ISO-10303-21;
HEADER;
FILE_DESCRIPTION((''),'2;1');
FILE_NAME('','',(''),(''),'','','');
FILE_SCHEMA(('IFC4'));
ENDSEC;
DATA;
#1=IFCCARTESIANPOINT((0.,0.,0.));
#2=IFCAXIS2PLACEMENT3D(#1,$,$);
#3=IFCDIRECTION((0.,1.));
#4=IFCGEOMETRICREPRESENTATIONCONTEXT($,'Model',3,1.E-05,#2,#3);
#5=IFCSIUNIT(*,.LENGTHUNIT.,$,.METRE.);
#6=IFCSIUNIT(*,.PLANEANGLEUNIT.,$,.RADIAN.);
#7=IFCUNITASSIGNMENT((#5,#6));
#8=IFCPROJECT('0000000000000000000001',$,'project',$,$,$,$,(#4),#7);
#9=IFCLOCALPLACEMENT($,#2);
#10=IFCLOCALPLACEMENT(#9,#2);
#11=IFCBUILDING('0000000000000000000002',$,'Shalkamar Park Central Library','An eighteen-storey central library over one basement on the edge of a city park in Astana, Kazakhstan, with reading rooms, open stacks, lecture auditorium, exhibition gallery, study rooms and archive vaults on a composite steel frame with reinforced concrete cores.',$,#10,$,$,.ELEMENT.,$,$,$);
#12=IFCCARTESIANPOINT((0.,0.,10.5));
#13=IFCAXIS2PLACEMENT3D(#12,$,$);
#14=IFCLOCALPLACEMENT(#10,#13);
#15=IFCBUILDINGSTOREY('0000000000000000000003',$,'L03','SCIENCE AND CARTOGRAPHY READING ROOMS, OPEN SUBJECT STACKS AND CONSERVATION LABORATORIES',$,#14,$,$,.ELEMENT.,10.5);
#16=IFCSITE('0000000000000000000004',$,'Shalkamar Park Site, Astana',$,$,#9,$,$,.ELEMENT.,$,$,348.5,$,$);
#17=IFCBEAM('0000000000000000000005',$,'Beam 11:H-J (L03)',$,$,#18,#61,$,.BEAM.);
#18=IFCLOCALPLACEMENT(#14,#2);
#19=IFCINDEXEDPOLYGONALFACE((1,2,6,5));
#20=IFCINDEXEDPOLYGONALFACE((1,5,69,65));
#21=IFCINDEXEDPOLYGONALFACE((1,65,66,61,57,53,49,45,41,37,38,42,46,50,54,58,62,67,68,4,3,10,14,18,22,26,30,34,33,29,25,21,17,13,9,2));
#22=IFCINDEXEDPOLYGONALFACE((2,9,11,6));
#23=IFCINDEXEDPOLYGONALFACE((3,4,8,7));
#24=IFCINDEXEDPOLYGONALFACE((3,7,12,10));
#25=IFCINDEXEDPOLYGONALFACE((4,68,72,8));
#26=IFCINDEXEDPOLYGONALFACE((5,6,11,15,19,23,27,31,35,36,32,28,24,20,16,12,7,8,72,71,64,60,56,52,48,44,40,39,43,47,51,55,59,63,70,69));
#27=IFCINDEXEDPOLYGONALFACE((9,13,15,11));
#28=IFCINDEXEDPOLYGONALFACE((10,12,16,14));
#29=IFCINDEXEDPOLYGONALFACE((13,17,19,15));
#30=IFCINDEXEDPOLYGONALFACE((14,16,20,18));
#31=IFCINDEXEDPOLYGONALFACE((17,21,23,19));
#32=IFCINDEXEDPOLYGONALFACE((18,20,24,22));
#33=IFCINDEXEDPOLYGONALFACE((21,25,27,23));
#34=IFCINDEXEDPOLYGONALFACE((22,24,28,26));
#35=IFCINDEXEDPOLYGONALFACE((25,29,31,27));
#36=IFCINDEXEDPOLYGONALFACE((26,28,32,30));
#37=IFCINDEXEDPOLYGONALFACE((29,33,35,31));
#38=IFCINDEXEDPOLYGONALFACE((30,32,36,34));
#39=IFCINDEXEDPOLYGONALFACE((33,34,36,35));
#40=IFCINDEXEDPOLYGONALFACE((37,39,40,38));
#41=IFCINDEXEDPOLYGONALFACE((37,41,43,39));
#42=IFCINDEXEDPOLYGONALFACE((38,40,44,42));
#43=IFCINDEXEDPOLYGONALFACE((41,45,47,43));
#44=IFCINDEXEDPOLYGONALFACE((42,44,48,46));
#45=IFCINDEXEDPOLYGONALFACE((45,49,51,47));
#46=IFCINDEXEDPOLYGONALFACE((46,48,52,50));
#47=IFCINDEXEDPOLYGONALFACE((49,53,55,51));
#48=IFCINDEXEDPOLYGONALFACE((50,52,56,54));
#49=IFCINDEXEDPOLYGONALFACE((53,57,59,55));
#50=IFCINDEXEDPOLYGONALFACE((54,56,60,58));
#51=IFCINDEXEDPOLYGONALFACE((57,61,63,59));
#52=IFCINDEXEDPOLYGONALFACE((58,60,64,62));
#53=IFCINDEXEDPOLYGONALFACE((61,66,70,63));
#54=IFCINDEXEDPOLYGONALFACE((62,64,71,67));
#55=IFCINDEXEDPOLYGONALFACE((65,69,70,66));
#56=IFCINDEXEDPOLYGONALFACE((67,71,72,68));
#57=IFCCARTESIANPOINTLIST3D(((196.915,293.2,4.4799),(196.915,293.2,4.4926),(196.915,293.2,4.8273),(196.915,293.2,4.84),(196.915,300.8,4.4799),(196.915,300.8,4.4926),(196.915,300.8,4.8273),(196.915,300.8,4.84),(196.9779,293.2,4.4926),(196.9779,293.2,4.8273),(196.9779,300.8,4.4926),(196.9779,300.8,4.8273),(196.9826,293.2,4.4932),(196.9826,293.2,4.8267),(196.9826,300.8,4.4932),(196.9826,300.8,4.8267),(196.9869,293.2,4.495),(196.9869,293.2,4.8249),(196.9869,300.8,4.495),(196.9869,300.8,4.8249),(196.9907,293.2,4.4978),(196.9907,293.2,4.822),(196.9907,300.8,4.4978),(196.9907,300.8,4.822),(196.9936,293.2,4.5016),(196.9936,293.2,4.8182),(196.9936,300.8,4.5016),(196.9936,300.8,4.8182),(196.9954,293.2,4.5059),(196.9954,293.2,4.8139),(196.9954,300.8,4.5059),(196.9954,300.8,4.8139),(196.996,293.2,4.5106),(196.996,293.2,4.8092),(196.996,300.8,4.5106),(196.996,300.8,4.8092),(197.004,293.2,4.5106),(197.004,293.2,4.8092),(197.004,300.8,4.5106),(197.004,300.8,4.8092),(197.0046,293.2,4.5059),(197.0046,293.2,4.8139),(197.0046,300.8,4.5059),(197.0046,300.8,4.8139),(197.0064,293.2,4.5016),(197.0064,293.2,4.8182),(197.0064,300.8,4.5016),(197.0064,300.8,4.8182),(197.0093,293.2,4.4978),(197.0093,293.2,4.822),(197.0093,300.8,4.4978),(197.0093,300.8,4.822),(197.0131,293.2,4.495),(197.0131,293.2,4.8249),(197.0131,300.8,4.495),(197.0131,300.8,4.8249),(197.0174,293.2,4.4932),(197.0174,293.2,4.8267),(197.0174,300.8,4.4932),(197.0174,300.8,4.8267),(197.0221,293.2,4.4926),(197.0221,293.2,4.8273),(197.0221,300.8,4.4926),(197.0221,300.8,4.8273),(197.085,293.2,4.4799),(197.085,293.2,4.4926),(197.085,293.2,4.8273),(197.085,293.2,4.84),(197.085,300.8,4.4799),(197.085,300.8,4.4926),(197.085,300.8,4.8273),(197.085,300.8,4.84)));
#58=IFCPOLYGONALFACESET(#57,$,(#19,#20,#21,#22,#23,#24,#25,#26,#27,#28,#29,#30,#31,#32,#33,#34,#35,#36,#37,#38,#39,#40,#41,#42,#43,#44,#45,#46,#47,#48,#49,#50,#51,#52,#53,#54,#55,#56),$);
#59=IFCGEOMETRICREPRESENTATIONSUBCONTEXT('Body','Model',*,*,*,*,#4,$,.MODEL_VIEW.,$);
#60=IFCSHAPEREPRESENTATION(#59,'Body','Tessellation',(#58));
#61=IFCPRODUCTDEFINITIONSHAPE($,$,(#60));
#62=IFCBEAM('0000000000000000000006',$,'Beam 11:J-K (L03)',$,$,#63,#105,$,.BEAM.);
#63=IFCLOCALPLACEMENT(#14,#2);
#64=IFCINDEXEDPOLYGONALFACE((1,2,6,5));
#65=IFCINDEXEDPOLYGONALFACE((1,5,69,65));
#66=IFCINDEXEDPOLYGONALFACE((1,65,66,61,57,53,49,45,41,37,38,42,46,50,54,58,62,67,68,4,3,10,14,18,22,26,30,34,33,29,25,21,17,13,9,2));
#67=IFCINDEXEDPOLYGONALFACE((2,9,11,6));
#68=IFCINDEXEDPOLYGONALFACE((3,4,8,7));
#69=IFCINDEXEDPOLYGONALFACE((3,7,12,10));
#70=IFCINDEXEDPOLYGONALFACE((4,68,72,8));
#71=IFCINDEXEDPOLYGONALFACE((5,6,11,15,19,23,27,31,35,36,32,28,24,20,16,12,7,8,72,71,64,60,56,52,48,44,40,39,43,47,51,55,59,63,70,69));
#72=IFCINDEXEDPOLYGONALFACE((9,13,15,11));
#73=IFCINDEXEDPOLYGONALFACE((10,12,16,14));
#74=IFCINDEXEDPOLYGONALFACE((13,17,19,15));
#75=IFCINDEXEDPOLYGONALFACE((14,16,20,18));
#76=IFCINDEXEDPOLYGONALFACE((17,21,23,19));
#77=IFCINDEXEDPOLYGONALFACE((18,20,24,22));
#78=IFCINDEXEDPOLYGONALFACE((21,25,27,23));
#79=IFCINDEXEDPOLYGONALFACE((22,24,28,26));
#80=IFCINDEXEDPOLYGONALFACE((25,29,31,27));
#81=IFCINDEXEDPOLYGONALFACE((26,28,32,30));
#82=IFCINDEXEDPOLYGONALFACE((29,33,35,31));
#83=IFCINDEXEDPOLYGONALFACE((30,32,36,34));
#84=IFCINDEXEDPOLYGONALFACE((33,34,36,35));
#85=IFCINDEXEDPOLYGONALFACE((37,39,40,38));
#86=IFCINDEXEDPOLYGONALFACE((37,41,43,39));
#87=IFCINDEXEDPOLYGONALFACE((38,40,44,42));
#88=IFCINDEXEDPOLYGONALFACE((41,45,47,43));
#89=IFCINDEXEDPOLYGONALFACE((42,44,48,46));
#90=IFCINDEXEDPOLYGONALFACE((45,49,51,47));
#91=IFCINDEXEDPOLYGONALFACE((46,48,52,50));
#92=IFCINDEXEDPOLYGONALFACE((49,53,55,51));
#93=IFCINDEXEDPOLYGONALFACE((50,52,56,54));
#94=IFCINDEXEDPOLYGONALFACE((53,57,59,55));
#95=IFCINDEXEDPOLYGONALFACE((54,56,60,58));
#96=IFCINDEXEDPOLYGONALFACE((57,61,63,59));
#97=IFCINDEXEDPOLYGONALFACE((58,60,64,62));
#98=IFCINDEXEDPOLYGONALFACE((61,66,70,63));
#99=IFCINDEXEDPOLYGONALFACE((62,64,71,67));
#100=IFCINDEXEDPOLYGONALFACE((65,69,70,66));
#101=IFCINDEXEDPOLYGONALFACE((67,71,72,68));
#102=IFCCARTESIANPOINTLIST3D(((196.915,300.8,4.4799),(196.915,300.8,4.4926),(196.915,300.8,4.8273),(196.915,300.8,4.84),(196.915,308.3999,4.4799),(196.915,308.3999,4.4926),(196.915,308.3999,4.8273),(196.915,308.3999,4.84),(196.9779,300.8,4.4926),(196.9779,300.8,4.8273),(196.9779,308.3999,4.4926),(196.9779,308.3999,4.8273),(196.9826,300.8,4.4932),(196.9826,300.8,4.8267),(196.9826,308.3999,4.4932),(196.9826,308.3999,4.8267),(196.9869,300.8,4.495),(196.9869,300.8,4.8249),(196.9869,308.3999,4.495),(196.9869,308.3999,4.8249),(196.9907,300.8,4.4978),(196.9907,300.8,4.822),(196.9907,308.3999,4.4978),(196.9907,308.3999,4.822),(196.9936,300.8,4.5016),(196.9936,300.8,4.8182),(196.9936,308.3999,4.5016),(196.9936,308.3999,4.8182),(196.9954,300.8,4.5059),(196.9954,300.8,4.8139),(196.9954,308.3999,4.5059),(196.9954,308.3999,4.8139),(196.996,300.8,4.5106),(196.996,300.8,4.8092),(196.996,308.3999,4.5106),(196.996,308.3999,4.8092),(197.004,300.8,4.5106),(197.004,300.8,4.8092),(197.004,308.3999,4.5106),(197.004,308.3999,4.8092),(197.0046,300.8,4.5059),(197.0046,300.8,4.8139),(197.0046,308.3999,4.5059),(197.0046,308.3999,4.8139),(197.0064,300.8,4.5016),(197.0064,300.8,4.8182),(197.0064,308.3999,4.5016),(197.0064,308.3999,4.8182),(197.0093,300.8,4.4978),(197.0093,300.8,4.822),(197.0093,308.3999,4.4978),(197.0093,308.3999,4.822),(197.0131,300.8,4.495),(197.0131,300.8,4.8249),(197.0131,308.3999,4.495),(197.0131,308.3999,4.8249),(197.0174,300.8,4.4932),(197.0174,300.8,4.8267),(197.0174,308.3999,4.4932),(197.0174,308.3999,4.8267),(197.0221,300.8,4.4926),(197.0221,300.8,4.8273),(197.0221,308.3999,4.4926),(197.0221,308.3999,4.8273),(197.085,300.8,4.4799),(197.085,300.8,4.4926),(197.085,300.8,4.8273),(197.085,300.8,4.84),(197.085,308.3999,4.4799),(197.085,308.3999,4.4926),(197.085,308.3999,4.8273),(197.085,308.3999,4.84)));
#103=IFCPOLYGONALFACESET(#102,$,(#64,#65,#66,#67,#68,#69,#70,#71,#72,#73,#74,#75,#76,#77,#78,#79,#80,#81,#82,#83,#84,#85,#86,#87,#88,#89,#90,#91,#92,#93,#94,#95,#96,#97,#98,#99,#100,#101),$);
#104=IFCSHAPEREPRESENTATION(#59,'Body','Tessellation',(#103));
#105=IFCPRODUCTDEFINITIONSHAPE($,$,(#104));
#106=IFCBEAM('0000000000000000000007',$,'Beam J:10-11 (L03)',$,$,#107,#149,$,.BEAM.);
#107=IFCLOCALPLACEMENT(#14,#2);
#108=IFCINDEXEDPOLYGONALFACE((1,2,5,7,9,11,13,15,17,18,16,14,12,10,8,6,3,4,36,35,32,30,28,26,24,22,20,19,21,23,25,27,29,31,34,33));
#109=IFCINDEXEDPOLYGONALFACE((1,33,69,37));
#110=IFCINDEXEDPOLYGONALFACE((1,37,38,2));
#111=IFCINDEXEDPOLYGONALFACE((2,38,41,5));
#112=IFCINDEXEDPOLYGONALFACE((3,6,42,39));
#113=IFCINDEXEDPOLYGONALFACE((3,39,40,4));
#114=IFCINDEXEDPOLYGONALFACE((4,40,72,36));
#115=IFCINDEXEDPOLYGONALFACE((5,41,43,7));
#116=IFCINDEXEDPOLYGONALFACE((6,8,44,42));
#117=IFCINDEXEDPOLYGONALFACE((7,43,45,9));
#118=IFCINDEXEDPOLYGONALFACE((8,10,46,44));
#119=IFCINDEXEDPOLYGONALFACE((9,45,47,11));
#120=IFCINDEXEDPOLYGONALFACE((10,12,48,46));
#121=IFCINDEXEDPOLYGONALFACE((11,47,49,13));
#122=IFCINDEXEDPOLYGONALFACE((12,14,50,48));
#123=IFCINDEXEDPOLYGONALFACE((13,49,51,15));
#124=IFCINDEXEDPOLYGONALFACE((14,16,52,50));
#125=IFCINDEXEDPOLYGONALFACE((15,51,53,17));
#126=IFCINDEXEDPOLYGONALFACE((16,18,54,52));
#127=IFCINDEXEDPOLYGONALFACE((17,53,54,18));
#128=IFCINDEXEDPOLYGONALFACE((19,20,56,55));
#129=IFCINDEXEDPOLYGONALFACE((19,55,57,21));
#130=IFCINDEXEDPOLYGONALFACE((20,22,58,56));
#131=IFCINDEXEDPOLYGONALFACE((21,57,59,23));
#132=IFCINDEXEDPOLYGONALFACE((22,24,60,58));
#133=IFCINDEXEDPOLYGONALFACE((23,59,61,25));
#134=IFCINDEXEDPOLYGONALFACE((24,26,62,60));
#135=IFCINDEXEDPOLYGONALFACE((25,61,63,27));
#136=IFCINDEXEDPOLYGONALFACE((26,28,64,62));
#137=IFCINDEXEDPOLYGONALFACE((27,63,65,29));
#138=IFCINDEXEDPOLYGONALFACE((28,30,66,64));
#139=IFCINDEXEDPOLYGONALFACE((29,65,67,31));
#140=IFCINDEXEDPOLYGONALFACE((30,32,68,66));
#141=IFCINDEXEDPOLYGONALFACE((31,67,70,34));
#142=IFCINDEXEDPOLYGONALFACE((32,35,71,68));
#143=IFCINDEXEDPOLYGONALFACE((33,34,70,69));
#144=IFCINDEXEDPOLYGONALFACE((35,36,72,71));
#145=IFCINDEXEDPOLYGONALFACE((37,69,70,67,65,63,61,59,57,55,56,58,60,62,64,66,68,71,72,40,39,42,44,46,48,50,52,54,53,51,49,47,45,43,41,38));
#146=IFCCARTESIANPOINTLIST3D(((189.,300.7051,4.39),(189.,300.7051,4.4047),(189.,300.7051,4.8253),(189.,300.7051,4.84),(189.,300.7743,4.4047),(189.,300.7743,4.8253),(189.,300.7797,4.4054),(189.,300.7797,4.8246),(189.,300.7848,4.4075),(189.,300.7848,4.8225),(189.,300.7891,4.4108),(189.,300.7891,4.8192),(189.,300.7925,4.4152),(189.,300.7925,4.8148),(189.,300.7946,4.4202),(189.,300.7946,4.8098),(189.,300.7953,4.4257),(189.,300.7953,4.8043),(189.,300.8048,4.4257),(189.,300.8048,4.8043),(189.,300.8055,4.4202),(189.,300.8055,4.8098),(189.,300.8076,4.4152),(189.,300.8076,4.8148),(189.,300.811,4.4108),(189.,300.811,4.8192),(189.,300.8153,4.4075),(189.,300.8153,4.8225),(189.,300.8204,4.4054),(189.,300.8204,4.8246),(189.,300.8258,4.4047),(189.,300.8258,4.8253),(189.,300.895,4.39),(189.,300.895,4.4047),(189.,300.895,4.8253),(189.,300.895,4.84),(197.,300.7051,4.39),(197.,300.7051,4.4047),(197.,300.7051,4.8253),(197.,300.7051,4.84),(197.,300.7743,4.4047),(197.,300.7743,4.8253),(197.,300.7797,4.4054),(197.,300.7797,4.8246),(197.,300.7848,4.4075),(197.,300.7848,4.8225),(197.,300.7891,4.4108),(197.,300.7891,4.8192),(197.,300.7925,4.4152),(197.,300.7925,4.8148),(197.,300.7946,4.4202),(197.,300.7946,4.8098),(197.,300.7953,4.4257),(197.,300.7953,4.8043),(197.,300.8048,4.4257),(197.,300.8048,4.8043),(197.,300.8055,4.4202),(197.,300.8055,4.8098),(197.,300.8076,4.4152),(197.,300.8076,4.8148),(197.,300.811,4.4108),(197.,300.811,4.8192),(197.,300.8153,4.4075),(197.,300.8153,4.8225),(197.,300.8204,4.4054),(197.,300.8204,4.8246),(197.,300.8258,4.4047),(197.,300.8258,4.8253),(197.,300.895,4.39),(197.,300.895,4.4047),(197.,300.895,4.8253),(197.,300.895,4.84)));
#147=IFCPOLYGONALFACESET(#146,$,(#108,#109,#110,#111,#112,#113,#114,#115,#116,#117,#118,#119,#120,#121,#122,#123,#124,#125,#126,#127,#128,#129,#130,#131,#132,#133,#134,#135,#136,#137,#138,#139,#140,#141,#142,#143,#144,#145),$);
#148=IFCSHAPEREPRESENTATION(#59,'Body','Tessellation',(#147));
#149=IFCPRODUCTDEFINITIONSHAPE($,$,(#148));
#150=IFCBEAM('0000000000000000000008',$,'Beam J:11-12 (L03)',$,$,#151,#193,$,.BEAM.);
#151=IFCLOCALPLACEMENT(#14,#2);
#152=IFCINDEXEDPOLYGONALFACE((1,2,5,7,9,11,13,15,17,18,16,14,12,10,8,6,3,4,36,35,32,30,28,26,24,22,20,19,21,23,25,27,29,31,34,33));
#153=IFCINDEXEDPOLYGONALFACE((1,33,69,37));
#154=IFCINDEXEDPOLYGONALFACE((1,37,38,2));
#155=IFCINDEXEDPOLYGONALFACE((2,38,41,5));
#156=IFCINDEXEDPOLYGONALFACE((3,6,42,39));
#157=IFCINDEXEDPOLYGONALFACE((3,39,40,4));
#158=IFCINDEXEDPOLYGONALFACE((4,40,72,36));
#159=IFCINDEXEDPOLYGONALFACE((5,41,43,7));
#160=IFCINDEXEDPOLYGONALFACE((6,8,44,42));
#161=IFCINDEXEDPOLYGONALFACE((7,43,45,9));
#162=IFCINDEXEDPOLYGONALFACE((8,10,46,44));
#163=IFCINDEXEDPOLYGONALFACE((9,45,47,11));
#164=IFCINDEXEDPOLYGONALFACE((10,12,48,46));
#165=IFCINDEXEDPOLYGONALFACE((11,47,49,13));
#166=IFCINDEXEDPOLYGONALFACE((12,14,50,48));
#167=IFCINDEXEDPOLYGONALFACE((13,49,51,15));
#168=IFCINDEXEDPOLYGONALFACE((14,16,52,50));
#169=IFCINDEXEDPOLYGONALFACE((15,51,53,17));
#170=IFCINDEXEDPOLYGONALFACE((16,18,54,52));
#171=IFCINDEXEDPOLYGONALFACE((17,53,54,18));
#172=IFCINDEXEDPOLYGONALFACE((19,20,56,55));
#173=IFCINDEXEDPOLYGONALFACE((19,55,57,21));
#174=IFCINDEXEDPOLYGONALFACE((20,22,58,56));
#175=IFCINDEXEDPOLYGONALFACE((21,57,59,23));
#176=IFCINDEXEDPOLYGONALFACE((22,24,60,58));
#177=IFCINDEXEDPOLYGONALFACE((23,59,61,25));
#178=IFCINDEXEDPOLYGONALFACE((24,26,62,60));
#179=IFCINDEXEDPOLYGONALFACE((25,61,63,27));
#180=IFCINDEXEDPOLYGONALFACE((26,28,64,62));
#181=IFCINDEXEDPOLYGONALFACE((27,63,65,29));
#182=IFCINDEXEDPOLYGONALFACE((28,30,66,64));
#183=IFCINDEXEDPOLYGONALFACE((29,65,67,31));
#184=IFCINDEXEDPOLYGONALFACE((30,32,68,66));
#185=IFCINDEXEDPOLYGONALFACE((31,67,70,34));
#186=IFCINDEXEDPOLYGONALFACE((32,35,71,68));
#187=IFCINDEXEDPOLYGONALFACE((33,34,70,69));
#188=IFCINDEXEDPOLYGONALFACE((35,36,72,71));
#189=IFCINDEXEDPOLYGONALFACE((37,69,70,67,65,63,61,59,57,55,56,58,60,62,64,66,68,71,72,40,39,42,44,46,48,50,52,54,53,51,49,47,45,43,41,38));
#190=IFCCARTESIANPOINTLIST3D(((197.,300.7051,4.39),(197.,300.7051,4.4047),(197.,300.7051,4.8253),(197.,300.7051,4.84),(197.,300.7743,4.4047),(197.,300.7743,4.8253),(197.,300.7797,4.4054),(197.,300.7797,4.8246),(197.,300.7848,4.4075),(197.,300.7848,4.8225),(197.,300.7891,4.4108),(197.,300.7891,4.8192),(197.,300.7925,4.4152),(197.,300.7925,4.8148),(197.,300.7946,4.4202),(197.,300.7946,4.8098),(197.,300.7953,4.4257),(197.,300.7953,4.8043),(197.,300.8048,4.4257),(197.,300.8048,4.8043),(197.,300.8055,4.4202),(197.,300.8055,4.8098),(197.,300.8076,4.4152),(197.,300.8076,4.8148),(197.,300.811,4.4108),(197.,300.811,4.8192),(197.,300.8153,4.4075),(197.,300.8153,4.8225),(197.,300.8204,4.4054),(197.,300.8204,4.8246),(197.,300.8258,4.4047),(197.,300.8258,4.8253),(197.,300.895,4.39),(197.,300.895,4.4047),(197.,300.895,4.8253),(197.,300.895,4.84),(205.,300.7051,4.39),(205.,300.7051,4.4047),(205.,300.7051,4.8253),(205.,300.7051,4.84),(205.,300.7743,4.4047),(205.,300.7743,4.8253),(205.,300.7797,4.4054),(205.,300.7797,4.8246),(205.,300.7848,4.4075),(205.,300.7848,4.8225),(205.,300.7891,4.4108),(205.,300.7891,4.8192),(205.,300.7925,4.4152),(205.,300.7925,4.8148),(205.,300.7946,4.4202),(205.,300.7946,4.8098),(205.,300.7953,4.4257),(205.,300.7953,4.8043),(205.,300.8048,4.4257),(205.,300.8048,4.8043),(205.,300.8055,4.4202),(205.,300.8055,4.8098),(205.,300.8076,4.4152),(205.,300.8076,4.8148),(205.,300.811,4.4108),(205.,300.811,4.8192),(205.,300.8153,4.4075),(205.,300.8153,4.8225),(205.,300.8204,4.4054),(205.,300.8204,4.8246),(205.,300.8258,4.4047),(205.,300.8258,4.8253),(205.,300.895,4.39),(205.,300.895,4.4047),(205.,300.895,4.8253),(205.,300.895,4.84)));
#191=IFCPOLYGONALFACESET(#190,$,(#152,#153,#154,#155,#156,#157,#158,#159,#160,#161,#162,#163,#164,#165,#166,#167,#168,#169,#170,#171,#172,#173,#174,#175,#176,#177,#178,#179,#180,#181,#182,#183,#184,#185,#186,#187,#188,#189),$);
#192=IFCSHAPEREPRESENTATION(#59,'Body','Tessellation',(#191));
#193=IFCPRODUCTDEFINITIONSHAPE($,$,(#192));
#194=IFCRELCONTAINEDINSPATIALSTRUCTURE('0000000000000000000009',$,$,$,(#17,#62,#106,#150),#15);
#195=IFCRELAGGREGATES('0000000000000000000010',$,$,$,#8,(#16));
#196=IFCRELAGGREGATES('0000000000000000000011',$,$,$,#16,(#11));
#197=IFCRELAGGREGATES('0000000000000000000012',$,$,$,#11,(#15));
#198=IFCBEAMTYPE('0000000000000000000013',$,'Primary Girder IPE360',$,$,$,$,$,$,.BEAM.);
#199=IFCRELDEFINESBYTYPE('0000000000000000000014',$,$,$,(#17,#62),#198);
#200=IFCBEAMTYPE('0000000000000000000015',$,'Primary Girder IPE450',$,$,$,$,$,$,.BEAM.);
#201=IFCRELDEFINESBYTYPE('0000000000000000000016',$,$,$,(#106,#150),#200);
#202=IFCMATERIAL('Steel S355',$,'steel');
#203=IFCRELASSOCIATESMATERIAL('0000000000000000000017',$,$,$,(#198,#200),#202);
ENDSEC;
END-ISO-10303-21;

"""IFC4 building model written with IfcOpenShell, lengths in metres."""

from ifc_helpers import new_model, si_unit, direction, frame, origin, origin_2d, place, context, subcontext, project, spatial, i_section, extrude, material, material_profile, profile_set, type_object, element, save


model = new_model("IFC4")

# Units and contexts
model_context = context("Model", 3, precision=1e-05, world=origin(), true_north=direction((0.0, 1.0)))
body_context = subcontext(model_context, "Body", "Model", "MODEL_VIEW")
ifc_project = project(units=[si_unit("LENGTHUNIT", "METRE"), si_unit("PLANEANGLEUNIT", "RADIAN")], contexts=[model_context])

# Site, building, storey
site_placement = place(None, origin())
site = spatial("IfcSite", under=ifc_project, at=site_placement, Name="Shalkamar Park Site, Astana", CompositionType="ELEMENT", RefElevation=348.5)
building_placement = place(site_placement, origin())
building = spatial("IfcBuilding", under=site, at=building_placement, Name="Shalkamar Park Central Library", Description="An eighteen-storey central library over one basement on the edge of a city park in Astana, Kazakhstan, with reading rooms, open stacks, lecture auditorium, exhibition gallery, study rooms and archive vaults on a composite steel frame with reinforced concrete cores.", CompositionType="ELEMENT")
storey_placement = place(building_placement, frame((0.0, 0.0, 10.5)))
storey = spatial("IfcBuildingStorey", under=building, at=storey_placement, Name="L03", Description="SCIENCE AND CARTOGRAPHY READING ROOMS, OPEN SUBJECT STACKS AND CONSERVATION LABORATORIES", CompositionType="ELEMENT", Elevation=10.5)

# Shared definitions
ifc_material_1 = material(Name="Steel S355", Category="steel")

# Beams
ifc_material_profile_1 = material_profile(ifc_material_1, i_section(OverallWidth=0.1699, OverallDepth=0.3601, WebThickness=0.0081, FlangeThickness=0.0127, FilletRadius=0.0181, at=origin_2d()), Name="IPE 360")
ifc_profile_set_1 = profile_set([ifc_material_profile_1], Name="Steel S355")
beam_type_1 = type_object("IfcBeamType", Name="Primary Girder IPE360", PredefinedType="BEAM", material=ifc_profile_set_1)
beam_1_placement = place(storey_placement, frame((197.0, 293.2, 4.6599), z_axis=(0.0, 1.0, 0.0), x_axis=(-1.0, 0.0, 0.0)))
element("IfcBeam", 1, at=beam_1_placement, inside=storey, type_object=beam_type_1, Name="Beam 11:H-J (L03)", PredefinedType="BEAM", context=body_context, shape_type="SweptSolid", body=[
    extrude(i_section(OverallWidth=0.1699, OverallDepth=0.3601, WebThickness=0.0081, FlangeThickness=0.0127, FilletRadius=0.0181, at=origin_2d()), origin(), (0.0, 0.0, 1.0), 7.6001),
])
beam_2_placement = place(storey_placement, frame((197.0, 300.8, 4.6599), z_axis=(0.0, 1.0, 0.0), x_axis=(-1.0, 0.0, 0.0)))
element("IfcBeam", 2, at=beam_2_placement, inside=storey, type_object=beam_type_1, Name="Beam 11:J-K (L03)", PredefinedType="BEAM", context=body_context, shape_type="SweptSolid", body=[
    extrude(i_section(OverallWidth=0.1699, OverallDepth=0.3601, WebThickness=0.0081, FlangeThickness=0.0127, FilletRadius=0.0181, at=origin_2d()), origin(), (0.0, 0.0, 1.0), 7.5999),
])
ifc_material_profile_2 = material_profile(ifc_material_1, i_section(OverallWidth=0.1899, OverallDepth=0.45, WebThickness=0.0095, FlangeThickness=0.0146, FilletRadius=0.021, at=origin_2d()), Name="IPE 450")
ifc_profile_set_2 = profile_set([ifc_material_profile_2], Name="Steel S355")
beam_type_2 = type_object("IfcBeamType", Name="Primary Girder IPE450", PredefinedType="BEAM", material=ifc_profile_set_2)
for number, where, z_axis, x_axis, name in (
    (3, (189.0, 300.8, 4.615), (1.0, 0.0, 0.0), (0.0, 1.0, 0.0), "Beam J:10-11 (L03)"),
    (4, (197.0, 300.8, 4.615), (1.0, 0.0, 0.0), (0.0, 1.0, 0.0), "Beam J:11-12 (L03)"),
):
    element("IfcBeam", number, at=place(storey_placement, frame(where, z_axis=z_axis, x_axis=x_axis)), inside=storey, type_object=beam_type_2, Name=name, PredefinedType="BEAM", context=body_context, shape_type="SweptSolid", body=[
        extrude(i_section(OverallWidth=0.1899, OverallDepth=0.45, WebThickness=0.0095, FlangeThickness=0.0146, FilletRadius=0.021, at=origin_2d()), origin(), (0.0, 0.0, 1.0), 8.0),
    ])

save(model, "model.ifc")
